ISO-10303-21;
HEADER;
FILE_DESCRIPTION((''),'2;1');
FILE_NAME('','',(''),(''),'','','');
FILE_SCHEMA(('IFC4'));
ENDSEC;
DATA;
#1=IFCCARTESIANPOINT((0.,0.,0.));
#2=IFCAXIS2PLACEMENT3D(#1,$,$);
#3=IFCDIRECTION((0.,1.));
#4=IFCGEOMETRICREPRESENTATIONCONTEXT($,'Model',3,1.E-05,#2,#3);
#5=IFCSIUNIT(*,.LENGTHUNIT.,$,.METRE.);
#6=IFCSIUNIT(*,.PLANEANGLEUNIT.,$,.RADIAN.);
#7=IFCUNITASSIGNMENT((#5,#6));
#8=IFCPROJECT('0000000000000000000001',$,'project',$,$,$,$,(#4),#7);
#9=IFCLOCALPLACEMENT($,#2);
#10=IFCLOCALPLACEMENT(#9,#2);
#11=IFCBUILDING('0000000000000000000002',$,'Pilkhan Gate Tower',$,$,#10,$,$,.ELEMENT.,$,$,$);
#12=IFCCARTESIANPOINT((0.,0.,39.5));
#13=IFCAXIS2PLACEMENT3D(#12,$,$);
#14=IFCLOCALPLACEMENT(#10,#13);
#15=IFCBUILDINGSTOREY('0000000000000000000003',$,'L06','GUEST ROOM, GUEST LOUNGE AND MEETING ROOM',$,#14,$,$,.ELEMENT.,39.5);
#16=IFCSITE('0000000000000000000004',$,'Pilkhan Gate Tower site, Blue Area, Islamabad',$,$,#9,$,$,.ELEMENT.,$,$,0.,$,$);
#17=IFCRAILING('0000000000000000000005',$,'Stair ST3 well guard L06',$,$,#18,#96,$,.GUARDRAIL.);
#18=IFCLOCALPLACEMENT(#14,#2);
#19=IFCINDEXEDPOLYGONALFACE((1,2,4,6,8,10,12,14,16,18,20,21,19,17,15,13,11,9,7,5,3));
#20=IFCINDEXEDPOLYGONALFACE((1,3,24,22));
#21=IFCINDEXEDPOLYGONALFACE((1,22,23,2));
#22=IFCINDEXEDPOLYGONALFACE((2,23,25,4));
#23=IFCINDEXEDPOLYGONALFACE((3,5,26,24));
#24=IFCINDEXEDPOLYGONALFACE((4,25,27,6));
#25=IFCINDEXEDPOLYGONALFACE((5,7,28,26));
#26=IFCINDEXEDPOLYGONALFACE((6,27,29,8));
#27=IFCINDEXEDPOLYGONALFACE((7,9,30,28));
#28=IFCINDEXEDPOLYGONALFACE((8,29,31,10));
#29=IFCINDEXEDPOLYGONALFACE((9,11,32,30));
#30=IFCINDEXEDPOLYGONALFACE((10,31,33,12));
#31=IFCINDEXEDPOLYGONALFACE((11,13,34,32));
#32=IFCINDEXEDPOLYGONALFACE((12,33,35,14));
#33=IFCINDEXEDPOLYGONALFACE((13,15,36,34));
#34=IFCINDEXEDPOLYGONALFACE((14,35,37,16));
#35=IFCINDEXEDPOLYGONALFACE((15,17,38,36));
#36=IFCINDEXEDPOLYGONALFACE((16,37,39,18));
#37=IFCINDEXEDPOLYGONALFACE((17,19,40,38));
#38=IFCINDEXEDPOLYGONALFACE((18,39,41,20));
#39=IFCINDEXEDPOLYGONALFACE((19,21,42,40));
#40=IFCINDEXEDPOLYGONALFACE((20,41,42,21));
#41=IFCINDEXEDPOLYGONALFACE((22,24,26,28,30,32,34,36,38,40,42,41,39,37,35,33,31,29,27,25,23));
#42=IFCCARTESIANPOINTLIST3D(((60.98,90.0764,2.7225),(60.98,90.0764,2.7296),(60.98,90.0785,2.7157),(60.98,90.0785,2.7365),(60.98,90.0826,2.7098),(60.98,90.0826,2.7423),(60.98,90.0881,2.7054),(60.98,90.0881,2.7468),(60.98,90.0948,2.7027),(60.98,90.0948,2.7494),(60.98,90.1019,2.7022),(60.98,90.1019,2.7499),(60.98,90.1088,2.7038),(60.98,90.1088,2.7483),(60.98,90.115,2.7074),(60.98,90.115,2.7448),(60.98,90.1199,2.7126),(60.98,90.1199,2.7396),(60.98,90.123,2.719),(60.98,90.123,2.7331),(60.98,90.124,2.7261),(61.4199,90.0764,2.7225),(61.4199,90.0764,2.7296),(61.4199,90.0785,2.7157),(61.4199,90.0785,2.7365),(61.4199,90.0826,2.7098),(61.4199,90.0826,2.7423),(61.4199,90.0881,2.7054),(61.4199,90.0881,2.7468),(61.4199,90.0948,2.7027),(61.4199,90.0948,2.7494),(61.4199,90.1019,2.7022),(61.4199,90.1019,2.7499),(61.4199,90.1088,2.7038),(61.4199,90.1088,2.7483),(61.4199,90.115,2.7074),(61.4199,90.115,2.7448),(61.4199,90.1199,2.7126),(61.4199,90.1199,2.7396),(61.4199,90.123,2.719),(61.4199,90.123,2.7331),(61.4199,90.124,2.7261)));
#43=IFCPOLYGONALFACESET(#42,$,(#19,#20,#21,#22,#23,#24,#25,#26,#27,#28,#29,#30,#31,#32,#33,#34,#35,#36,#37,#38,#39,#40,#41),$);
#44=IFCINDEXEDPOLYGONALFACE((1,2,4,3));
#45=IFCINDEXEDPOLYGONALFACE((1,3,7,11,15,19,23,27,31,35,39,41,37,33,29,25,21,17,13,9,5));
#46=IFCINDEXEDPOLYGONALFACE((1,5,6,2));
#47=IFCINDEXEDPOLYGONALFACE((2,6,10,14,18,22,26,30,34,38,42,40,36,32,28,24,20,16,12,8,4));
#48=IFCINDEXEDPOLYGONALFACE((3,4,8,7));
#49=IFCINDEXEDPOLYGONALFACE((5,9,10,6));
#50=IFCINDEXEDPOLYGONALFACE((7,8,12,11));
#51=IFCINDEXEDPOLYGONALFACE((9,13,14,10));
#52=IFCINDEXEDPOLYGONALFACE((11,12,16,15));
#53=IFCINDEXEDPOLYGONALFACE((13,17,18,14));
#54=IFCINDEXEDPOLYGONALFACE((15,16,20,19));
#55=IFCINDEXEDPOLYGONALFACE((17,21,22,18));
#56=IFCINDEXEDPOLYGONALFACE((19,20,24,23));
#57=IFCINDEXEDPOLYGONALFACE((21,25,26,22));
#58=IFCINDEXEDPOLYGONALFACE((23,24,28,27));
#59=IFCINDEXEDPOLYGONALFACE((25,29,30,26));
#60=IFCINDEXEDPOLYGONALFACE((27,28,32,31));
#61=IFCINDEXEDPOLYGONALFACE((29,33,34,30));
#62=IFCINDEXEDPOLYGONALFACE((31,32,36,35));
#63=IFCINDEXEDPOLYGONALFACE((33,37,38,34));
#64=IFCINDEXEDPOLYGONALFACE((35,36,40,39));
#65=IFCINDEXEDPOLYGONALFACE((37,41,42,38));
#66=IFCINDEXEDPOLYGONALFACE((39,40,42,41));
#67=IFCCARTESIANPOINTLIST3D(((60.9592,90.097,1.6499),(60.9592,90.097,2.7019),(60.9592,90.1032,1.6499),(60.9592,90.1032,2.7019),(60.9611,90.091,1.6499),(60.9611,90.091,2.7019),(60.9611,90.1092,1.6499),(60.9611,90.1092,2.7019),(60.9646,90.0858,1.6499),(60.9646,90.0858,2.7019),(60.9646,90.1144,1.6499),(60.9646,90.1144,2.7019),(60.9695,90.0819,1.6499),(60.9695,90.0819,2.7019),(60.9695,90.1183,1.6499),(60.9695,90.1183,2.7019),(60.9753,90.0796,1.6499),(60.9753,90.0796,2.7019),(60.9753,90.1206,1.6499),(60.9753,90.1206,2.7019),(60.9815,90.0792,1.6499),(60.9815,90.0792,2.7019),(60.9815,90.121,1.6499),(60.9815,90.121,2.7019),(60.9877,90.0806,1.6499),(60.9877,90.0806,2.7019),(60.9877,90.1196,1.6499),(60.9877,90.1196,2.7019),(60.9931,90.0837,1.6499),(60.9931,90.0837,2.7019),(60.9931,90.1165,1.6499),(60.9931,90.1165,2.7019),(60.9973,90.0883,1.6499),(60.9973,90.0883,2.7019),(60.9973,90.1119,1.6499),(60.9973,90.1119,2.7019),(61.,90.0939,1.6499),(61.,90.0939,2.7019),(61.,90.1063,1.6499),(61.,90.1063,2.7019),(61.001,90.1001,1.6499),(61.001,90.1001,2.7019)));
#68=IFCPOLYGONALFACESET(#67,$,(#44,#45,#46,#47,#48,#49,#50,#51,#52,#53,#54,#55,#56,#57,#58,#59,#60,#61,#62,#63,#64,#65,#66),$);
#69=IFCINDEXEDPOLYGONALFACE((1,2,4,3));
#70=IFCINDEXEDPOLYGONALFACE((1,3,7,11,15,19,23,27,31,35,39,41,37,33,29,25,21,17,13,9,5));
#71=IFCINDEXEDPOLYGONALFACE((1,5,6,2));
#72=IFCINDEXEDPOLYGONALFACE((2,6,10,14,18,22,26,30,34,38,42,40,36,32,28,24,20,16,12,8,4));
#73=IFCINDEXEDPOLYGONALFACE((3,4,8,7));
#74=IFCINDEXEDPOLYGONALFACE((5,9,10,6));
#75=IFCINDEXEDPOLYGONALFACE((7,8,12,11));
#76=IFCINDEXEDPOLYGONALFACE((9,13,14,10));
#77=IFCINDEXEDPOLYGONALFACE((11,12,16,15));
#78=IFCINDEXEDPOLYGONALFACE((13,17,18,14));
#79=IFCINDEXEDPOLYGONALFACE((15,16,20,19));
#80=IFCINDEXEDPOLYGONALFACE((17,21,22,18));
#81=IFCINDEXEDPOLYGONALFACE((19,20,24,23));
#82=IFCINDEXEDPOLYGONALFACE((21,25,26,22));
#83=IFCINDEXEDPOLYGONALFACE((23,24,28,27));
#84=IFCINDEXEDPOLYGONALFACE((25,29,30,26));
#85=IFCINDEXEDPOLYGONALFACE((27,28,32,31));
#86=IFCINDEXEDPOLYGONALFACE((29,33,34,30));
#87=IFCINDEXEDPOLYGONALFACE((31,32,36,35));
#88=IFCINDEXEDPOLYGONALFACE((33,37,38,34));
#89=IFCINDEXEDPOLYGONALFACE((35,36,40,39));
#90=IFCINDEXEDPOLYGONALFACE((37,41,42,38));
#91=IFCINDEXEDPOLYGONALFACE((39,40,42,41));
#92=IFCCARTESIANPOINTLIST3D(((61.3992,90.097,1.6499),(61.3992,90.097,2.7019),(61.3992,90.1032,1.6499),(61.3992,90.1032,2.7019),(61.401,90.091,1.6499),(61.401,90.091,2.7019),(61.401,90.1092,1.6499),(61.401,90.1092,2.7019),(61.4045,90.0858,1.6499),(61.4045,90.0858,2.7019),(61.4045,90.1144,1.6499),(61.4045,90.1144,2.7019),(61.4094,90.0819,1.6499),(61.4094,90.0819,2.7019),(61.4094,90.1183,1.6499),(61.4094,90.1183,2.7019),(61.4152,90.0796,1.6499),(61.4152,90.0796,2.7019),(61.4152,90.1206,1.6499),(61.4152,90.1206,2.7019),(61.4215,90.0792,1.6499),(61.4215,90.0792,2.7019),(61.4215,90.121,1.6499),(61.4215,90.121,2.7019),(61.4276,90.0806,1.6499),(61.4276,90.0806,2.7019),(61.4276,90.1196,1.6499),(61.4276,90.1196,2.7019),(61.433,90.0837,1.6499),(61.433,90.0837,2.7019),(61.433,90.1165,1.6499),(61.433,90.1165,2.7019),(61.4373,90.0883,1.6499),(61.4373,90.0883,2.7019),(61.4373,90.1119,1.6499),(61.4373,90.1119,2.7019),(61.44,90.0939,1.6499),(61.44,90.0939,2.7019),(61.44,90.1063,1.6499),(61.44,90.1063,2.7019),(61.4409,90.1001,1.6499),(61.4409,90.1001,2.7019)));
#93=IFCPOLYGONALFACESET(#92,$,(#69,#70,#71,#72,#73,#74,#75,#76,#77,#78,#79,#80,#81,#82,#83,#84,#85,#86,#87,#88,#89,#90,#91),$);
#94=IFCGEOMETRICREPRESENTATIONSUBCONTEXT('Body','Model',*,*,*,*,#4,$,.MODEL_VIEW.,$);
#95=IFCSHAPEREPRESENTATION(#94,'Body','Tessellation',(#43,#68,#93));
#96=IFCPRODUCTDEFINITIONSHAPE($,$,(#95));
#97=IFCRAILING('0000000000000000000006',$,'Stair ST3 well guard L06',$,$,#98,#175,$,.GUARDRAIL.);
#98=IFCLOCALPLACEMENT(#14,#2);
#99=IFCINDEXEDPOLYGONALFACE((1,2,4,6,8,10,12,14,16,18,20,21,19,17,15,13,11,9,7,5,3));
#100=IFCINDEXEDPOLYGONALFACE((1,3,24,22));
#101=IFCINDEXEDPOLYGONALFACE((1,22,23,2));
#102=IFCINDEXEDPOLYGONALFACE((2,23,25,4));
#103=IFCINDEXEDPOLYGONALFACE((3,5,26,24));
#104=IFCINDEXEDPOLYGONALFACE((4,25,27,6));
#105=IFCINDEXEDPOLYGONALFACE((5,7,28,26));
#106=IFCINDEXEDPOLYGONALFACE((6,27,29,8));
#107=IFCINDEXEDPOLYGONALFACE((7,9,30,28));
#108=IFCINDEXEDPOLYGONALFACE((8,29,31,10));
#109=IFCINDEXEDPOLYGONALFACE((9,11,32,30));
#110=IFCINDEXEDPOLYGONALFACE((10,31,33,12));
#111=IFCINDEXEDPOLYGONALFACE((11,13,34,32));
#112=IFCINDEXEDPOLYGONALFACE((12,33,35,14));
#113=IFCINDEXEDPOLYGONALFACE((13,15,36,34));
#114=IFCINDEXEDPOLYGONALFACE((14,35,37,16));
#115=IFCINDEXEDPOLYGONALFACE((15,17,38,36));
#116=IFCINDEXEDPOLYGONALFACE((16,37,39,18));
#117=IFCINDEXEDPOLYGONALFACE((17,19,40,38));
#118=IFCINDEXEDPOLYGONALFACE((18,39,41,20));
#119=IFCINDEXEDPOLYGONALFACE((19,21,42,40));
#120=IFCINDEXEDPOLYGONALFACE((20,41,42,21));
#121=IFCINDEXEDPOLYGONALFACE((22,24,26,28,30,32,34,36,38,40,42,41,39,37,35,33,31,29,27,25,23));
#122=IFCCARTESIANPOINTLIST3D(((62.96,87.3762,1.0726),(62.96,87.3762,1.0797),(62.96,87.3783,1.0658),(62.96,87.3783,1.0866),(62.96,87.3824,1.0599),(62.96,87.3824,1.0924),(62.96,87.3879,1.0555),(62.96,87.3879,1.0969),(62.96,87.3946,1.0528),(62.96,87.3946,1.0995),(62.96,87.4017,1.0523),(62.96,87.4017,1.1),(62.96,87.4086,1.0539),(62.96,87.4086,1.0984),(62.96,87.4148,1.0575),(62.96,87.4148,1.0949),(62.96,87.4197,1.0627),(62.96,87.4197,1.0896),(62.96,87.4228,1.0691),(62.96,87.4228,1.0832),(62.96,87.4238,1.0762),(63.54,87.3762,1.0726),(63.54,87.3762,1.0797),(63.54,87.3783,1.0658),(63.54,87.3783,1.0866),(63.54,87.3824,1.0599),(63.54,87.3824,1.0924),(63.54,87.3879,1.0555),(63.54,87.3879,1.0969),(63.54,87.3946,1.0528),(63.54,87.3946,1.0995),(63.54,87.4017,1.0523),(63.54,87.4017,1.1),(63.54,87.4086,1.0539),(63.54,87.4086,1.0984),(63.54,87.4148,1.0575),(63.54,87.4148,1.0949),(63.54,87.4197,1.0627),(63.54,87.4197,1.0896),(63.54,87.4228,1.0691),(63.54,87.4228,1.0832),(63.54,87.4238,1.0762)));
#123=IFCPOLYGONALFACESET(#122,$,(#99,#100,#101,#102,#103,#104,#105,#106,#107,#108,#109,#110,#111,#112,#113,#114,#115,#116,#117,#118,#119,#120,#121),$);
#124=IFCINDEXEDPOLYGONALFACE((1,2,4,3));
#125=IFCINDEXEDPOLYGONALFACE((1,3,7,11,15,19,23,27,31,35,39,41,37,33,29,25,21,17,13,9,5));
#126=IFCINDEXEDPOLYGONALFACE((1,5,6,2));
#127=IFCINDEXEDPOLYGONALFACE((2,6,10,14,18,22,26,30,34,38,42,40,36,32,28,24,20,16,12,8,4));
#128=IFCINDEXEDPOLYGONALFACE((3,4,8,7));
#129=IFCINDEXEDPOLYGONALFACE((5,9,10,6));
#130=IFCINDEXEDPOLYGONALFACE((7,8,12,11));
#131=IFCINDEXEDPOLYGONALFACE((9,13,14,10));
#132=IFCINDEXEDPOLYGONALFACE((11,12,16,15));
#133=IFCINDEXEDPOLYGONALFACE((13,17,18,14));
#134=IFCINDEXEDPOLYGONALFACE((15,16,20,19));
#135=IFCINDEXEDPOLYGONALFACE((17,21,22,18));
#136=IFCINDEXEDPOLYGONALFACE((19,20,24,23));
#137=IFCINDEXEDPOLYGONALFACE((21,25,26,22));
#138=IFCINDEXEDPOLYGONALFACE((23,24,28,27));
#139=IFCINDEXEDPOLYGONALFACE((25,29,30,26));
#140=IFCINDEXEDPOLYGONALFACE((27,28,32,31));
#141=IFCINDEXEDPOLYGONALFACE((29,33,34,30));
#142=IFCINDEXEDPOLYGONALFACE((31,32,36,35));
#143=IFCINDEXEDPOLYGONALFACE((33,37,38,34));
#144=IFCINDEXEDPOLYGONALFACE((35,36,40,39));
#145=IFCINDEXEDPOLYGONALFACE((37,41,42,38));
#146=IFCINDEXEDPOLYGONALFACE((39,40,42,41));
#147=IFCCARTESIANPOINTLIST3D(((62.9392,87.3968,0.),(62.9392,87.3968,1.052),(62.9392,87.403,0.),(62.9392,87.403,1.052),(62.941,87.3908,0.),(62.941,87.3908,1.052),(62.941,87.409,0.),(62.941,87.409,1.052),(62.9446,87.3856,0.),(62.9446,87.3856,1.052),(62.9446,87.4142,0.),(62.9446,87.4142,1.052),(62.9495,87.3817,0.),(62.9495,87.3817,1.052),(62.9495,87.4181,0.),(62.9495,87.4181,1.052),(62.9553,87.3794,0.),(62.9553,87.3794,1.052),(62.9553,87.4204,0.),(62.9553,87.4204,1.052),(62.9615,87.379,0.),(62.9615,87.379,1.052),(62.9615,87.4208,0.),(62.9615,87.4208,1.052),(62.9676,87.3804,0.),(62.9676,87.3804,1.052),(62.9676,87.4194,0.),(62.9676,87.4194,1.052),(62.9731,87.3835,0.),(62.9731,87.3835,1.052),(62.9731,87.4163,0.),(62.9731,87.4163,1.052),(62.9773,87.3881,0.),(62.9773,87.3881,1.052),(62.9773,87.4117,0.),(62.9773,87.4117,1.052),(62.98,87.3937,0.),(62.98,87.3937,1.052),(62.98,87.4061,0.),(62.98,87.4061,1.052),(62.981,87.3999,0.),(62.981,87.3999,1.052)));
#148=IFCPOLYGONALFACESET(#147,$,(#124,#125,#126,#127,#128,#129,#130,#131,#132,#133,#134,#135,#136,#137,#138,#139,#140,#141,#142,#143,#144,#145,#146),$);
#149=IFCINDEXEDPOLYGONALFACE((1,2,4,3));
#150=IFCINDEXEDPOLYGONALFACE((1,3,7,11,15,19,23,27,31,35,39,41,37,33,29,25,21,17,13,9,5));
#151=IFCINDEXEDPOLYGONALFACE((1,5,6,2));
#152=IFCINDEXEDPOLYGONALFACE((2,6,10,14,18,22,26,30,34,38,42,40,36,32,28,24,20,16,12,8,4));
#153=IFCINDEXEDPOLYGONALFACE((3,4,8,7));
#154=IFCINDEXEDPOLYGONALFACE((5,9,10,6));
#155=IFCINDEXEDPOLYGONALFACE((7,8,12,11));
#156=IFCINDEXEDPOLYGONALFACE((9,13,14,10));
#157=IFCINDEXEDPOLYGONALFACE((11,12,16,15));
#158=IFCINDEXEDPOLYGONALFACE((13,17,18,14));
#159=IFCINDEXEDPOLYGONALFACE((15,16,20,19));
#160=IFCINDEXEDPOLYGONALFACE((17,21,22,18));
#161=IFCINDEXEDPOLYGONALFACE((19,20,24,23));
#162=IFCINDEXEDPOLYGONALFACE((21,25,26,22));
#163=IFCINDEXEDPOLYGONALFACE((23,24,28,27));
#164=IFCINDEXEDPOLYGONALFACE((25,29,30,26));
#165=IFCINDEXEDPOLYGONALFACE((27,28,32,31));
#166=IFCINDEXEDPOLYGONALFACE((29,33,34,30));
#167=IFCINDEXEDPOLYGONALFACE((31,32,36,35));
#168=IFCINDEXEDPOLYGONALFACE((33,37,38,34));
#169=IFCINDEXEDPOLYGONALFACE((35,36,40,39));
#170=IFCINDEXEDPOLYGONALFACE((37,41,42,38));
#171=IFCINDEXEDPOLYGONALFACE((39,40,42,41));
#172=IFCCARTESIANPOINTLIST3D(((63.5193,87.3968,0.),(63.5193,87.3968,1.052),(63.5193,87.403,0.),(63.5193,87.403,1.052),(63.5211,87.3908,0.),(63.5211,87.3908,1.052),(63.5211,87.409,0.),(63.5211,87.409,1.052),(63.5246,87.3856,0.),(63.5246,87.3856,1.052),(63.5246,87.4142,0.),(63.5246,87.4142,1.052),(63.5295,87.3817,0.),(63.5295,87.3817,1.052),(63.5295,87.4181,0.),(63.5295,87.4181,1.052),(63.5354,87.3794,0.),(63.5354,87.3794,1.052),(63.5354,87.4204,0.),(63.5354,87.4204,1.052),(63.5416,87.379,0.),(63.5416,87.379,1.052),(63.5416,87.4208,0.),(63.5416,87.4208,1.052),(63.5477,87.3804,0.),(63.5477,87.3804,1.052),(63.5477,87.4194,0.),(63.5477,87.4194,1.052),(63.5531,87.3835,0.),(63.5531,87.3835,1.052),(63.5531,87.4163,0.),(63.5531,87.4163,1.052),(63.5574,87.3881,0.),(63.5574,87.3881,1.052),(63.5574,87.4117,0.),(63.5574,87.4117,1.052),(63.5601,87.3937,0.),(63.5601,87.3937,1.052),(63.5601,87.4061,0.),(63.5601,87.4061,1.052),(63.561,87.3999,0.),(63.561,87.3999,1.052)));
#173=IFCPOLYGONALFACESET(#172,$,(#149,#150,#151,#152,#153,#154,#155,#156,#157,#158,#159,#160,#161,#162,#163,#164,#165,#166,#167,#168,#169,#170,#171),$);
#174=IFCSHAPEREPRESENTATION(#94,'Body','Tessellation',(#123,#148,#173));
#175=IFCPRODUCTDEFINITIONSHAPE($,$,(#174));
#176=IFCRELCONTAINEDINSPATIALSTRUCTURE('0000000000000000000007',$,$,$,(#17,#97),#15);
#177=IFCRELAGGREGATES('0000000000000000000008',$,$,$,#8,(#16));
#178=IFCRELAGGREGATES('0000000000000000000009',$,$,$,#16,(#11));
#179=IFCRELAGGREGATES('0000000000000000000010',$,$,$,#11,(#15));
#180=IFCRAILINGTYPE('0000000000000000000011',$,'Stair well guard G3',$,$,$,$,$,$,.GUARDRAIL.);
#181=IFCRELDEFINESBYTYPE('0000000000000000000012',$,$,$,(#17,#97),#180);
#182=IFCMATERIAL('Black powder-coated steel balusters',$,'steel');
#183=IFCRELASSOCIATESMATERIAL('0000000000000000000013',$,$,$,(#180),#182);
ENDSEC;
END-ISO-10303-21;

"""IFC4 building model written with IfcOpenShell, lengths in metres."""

from ifc_helpers import new_model, si_unit, direction, frame, origin, origin_2d, place, context, subcontext, project, spatial, circle, extrude, material, type_object, element, save


model = new_model("IFC4")

# Units and contexts
model_context = context("Model", 3, precision=1e-05, world=origin(), true_north=direction((0.0, 1.0)))
body_context = subcontext(model_context, "Body", "Model", "MODEL_VIEW")
ifc_project = project(units=[si_unit("LENGTHUNIT", "METRE"), si_unit("PLANEANGLEUNIT", "RADIAN")], contexts=[model_context])

# Site, building, storey
site_placement = place(None, origin())
site = spatial("IfcSite", under=ifc_project, at=site_placement, Name="Pilkhan Gate Tower site, Blue Area, Islamabad", CompositionType="ELEMENT", RefElevation=0.0)
building_placement = place(site_placement, origin())
building = spatial("IfcBuilding", under=site, at=building_placement, Name="Pilkhan Gate Tower", CompositionType="ELEMENT")
storey_placement = place(building_placement, frame((0.0, 0.0, 39.5)))
storey = spatial("IfcBuildingStorey", under=building, at=storey_placement, Name="L06", Description="GUEST ROOM, GUEST LOUNGE AND MEETING ROOM", CompositionType="ELEMENT", Elevation=39.5)

# Railings
ifc_material_1 = material(Name="Black powder-coated steel balusters", Category="steel")
railing_type_1 = type_object("IfcRailingType", Name="Stair well guard G3", PredefinedType="GUARDRAIL", material=ifc_material_1)
railing_1_placement = place(storey_placement, frame((60.98, 90.1001, 1.6499)))
element("IfcRailing", 1, at=railing_1_placement, inside=storey, type_object=railing_type_1, Name="Stair ST3 well guard L06", PredefinedType="GUARDRAIL", context=body_context, shape_type="SweptSolid", body=[
    extrude(circle(Radius=0.0239, at=origin_2d()), frame((0.0, 0.0, 1.0762), z_axis=(1.0, 0.0, 0.0), x_axis=(0.0, 1.0, 0.0)), (0.0, 0.0, 1.0), 0.4399),
    extrude(circle(Radius=0.021, at=origin_2d()), origin(), (0.0, 0.0, 1.0), 1.052),
    extrude(circle(Radius=0.021, at=origin_2d()), frame((0.4399, 0.0, 0.0)), (0.0, 0.0, 1.0), 1.052),
])
for number, where, name in (
    (2, (62.96, 87.3999, 0.0), "Stair ST3 well guard L06"),
):
    element("IfcRailing", number, at=place(storey_placement, frame(where)), inside=storey, type_object=railing_type_1, Name=name, PredefinedType="GUARDRAIL", context=body_context, shape_type="SweptSolid", body=[
        extrude(circle(Radius=0.0239, at=origin_2d()), frame((0.0, 0.0, 1.0762), z_axis=(1.0, 0.0, 0.0), x_axis=(0.0, 1.0, 0.0)), (0.0, 0.0, 1.0), 0.5801),
        extrude(circle(Radius=0.021, at=origin_2d()), origin(), (0.0, 0.0, 1.0), 1.052),
        extrude(circle(Radius=0.021, at=origin_2d()), frame((0.5801, 0.0, 0.0)), (0.0, 0.0, 1.0), 1.052),
    ])

save(model, "model.ifc")
